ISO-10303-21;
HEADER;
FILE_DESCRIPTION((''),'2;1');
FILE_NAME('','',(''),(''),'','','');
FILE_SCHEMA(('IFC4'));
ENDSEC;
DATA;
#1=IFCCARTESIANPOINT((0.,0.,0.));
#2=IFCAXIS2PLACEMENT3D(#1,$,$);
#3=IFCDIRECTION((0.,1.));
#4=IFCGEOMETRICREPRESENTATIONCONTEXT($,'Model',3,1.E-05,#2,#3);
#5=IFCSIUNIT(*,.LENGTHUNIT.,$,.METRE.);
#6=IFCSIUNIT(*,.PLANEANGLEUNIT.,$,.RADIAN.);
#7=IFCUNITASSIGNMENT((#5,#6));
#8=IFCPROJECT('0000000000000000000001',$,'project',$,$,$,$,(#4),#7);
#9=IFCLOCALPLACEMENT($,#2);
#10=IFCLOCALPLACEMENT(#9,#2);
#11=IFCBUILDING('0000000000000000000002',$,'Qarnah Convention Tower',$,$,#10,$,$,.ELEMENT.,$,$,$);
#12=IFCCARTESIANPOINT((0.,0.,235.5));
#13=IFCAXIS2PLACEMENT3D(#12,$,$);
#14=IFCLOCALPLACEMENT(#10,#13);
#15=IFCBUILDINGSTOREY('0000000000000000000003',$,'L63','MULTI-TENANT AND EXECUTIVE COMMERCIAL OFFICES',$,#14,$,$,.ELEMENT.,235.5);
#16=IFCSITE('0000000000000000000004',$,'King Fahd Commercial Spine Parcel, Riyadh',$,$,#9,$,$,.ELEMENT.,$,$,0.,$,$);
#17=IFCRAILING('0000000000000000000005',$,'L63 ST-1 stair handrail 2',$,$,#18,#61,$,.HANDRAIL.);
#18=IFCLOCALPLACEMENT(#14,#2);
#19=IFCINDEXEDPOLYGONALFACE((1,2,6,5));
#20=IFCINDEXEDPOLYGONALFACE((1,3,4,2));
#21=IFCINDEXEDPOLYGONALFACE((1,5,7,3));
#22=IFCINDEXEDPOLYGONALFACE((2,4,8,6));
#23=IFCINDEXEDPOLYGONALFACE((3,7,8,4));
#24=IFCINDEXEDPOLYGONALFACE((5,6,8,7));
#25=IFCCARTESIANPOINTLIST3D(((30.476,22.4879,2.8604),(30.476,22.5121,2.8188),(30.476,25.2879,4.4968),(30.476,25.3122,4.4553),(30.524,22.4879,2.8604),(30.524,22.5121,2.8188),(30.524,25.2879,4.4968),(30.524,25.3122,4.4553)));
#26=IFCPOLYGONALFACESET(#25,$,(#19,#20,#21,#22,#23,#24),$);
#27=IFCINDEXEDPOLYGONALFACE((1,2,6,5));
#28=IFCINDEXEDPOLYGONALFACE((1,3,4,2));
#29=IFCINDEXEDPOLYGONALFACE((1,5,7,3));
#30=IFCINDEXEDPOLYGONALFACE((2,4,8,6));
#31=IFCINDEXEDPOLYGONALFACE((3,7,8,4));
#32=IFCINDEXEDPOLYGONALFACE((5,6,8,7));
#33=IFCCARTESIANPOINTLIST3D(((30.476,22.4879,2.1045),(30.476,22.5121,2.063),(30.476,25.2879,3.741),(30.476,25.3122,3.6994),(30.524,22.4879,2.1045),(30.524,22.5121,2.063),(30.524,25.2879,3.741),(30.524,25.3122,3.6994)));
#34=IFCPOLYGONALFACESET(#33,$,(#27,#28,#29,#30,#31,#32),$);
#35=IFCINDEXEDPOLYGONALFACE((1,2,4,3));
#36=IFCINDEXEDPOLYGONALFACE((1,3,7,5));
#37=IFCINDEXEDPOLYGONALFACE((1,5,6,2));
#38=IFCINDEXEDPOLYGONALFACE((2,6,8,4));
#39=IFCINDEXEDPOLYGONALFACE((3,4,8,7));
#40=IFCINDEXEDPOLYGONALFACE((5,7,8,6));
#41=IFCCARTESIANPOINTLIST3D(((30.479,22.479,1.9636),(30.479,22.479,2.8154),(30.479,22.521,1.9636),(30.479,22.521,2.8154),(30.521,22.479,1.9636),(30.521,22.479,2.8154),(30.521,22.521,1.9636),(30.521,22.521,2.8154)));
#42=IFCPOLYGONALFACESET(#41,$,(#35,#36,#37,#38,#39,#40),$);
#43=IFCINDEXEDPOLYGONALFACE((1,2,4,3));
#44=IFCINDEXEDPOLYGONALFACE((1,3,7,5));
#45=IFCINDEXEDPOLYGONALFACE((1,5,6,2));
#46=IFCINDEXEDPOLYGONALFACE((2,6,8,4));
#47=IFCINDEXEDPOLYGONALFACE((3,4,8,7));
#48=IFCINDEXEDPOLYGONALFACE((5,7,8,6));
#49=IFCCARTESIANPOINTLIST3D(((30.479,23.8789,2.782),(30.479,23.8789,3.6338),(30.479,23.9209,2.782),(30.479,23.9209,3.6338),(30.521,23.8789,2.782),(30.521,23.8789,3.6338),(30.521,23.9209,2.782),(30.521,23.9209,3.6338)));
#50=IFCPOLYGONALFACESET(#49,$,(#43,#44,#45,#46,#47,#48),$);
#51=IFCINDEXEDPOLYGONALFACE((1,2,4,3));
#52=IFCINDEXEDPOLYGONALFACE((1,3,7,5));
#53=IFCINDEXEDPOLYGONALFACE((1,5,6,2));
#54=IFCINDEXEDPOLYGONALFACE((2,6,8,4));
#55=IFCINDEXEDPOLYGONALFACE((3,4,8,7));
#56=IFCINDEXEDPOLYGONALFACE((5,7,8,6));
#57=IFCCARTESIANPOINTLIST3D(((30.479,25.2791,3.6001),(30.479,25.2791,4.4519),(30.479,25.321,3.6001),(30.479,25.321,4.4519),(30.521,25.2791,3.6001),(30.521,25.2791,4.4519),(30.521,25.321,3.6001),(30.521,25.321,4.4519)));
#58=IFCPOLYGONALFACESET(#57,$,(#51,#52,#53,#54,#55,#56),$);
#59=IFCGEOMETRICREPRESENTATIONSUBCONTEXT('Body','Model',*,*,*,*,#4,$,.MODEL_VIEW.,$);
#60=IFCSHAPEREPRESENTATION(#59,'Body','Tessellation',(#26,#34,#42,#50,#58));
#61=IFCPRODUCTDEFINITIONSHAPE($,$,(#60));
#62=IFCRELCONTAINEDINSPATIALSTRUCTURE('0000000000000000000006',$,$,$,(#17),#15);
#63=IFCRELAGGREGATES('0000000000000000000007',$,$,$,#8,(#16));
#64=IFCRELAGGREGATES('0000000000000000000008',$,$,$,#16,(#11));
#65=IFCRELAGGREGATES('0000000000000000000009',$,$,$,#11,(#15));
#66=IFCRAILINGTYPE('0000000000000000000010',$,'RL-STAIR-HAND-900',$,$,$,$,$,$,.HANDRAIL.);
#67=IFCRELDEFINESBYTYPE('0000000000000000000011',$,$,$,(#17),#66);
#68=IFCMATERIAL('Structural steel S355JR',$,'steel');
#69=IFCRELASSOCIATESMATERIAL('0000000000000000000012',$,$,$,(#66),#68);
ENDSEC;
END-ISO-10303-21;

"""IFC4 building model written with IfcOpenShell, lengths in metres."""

from ifc_helpers import new_model, si_unit, direction, frame, origin, origin_2d, place, context, subcontext, project, spatial, rectangle, extrude, material, type_object, element, save


model = new_model("IFC4")

# Units and contexts
model_context = context("Model", 3, precision=1e-05, world=origin(), true_north=direction((0.0, 1.0)))
body_context = subcontext(model_context, "Body", "Model", "MODEL_VIEW")
ifc_project = project(units=[si_unit("LENGTHUNIT", "METRE"), si_unit("PLANEANGLEUNIT", "RADIAN")], contexts=[model_context])

# Site, building, storey
site_placement = place(None, origin())
site = spatial("IfcSite", under=ifc_project, at=site_placement, Name="King Fahd Commercial Spine Parcel, Riyadh", CompositionType="ELEMENT", RefElevation=0.0)
building_placement = place(site_placement, origin())
building = spatial("IfcBuilding", under=site, at=building_placement, Name="Qarnah Convention Tower", CompositionType="ELEMENT")
storey_placement = place(building_placement, frame((0.0, 0.0, 235.5)))
storey = spatial("IfcBuildingStorey", under=building, at=storey_placement, Name="L63", Description="MULTI-TENANT AND EXECUTIVE COMMERCIAL OFFICES", CompositionType="ELEMENT", Elevation=235.5)

# Shared definitions
ifc_material_1 = material(Name="Structural steel S355JR", Category="steel")

# Railing
railing_type_1 = type_object("IfcRailingType", Name="RL-STAIR-HAND-900", PredefinedType="HANDRAIL", material=ifc_material_1)
railing_1_placement = place(storey_placement, frame((30.5, 22.5, 1.9636)))
element("IfcRailing", 1, at=railing_1_placement, inside=storey, type_object=railing_type_1, Name="L63 ST-1 stair handrail 2", PredefinedType="HANDRAIL", context=body_context, shape_type="SweptSolid", body=[
    extrude(rectangle(XDim=0.0481, YDim=0.0481, at=origin_2d()), frame((0.0, 0.0, 0.876), z_axis=(0.0, 0.863361, 0.504587), x_axis=(-1.0, 0.0, 0.0)), (0.0, 0.0, 1.0), 3.2432),
    extrude(rectangle(XDim=0.0481, YDim=0.0481, at=origin_2d()), frame((0.0, 0.0, 0.1201), z_axis=(0.0, 0.863361, 0.504587), x_axis=(-1.0, 0.0, 0.0)), (0.0, 0.0, 1.0), 3.2432),
    extrude(rectangle(XDim=0.042, YDim=0.042, at=origin_2d()), origin(), (0.0, 0.0, 1.0), 0.8518),
    extrude(rectangle(XDim=0.042, YDim=0.042, at=origin_2d()), frame((0.0, 1.3999, 0.8184)), (0.0, 0.0, 1.0), 0.8518),
    extrude(rectangle(XDim=0.042, YDim=0.042, at=origin_2d()), frame((0.0, 2.8, 1.6365)), (0.0, 0.0, 1.0), 0.8518),
])

save(model, "model.ifc")
